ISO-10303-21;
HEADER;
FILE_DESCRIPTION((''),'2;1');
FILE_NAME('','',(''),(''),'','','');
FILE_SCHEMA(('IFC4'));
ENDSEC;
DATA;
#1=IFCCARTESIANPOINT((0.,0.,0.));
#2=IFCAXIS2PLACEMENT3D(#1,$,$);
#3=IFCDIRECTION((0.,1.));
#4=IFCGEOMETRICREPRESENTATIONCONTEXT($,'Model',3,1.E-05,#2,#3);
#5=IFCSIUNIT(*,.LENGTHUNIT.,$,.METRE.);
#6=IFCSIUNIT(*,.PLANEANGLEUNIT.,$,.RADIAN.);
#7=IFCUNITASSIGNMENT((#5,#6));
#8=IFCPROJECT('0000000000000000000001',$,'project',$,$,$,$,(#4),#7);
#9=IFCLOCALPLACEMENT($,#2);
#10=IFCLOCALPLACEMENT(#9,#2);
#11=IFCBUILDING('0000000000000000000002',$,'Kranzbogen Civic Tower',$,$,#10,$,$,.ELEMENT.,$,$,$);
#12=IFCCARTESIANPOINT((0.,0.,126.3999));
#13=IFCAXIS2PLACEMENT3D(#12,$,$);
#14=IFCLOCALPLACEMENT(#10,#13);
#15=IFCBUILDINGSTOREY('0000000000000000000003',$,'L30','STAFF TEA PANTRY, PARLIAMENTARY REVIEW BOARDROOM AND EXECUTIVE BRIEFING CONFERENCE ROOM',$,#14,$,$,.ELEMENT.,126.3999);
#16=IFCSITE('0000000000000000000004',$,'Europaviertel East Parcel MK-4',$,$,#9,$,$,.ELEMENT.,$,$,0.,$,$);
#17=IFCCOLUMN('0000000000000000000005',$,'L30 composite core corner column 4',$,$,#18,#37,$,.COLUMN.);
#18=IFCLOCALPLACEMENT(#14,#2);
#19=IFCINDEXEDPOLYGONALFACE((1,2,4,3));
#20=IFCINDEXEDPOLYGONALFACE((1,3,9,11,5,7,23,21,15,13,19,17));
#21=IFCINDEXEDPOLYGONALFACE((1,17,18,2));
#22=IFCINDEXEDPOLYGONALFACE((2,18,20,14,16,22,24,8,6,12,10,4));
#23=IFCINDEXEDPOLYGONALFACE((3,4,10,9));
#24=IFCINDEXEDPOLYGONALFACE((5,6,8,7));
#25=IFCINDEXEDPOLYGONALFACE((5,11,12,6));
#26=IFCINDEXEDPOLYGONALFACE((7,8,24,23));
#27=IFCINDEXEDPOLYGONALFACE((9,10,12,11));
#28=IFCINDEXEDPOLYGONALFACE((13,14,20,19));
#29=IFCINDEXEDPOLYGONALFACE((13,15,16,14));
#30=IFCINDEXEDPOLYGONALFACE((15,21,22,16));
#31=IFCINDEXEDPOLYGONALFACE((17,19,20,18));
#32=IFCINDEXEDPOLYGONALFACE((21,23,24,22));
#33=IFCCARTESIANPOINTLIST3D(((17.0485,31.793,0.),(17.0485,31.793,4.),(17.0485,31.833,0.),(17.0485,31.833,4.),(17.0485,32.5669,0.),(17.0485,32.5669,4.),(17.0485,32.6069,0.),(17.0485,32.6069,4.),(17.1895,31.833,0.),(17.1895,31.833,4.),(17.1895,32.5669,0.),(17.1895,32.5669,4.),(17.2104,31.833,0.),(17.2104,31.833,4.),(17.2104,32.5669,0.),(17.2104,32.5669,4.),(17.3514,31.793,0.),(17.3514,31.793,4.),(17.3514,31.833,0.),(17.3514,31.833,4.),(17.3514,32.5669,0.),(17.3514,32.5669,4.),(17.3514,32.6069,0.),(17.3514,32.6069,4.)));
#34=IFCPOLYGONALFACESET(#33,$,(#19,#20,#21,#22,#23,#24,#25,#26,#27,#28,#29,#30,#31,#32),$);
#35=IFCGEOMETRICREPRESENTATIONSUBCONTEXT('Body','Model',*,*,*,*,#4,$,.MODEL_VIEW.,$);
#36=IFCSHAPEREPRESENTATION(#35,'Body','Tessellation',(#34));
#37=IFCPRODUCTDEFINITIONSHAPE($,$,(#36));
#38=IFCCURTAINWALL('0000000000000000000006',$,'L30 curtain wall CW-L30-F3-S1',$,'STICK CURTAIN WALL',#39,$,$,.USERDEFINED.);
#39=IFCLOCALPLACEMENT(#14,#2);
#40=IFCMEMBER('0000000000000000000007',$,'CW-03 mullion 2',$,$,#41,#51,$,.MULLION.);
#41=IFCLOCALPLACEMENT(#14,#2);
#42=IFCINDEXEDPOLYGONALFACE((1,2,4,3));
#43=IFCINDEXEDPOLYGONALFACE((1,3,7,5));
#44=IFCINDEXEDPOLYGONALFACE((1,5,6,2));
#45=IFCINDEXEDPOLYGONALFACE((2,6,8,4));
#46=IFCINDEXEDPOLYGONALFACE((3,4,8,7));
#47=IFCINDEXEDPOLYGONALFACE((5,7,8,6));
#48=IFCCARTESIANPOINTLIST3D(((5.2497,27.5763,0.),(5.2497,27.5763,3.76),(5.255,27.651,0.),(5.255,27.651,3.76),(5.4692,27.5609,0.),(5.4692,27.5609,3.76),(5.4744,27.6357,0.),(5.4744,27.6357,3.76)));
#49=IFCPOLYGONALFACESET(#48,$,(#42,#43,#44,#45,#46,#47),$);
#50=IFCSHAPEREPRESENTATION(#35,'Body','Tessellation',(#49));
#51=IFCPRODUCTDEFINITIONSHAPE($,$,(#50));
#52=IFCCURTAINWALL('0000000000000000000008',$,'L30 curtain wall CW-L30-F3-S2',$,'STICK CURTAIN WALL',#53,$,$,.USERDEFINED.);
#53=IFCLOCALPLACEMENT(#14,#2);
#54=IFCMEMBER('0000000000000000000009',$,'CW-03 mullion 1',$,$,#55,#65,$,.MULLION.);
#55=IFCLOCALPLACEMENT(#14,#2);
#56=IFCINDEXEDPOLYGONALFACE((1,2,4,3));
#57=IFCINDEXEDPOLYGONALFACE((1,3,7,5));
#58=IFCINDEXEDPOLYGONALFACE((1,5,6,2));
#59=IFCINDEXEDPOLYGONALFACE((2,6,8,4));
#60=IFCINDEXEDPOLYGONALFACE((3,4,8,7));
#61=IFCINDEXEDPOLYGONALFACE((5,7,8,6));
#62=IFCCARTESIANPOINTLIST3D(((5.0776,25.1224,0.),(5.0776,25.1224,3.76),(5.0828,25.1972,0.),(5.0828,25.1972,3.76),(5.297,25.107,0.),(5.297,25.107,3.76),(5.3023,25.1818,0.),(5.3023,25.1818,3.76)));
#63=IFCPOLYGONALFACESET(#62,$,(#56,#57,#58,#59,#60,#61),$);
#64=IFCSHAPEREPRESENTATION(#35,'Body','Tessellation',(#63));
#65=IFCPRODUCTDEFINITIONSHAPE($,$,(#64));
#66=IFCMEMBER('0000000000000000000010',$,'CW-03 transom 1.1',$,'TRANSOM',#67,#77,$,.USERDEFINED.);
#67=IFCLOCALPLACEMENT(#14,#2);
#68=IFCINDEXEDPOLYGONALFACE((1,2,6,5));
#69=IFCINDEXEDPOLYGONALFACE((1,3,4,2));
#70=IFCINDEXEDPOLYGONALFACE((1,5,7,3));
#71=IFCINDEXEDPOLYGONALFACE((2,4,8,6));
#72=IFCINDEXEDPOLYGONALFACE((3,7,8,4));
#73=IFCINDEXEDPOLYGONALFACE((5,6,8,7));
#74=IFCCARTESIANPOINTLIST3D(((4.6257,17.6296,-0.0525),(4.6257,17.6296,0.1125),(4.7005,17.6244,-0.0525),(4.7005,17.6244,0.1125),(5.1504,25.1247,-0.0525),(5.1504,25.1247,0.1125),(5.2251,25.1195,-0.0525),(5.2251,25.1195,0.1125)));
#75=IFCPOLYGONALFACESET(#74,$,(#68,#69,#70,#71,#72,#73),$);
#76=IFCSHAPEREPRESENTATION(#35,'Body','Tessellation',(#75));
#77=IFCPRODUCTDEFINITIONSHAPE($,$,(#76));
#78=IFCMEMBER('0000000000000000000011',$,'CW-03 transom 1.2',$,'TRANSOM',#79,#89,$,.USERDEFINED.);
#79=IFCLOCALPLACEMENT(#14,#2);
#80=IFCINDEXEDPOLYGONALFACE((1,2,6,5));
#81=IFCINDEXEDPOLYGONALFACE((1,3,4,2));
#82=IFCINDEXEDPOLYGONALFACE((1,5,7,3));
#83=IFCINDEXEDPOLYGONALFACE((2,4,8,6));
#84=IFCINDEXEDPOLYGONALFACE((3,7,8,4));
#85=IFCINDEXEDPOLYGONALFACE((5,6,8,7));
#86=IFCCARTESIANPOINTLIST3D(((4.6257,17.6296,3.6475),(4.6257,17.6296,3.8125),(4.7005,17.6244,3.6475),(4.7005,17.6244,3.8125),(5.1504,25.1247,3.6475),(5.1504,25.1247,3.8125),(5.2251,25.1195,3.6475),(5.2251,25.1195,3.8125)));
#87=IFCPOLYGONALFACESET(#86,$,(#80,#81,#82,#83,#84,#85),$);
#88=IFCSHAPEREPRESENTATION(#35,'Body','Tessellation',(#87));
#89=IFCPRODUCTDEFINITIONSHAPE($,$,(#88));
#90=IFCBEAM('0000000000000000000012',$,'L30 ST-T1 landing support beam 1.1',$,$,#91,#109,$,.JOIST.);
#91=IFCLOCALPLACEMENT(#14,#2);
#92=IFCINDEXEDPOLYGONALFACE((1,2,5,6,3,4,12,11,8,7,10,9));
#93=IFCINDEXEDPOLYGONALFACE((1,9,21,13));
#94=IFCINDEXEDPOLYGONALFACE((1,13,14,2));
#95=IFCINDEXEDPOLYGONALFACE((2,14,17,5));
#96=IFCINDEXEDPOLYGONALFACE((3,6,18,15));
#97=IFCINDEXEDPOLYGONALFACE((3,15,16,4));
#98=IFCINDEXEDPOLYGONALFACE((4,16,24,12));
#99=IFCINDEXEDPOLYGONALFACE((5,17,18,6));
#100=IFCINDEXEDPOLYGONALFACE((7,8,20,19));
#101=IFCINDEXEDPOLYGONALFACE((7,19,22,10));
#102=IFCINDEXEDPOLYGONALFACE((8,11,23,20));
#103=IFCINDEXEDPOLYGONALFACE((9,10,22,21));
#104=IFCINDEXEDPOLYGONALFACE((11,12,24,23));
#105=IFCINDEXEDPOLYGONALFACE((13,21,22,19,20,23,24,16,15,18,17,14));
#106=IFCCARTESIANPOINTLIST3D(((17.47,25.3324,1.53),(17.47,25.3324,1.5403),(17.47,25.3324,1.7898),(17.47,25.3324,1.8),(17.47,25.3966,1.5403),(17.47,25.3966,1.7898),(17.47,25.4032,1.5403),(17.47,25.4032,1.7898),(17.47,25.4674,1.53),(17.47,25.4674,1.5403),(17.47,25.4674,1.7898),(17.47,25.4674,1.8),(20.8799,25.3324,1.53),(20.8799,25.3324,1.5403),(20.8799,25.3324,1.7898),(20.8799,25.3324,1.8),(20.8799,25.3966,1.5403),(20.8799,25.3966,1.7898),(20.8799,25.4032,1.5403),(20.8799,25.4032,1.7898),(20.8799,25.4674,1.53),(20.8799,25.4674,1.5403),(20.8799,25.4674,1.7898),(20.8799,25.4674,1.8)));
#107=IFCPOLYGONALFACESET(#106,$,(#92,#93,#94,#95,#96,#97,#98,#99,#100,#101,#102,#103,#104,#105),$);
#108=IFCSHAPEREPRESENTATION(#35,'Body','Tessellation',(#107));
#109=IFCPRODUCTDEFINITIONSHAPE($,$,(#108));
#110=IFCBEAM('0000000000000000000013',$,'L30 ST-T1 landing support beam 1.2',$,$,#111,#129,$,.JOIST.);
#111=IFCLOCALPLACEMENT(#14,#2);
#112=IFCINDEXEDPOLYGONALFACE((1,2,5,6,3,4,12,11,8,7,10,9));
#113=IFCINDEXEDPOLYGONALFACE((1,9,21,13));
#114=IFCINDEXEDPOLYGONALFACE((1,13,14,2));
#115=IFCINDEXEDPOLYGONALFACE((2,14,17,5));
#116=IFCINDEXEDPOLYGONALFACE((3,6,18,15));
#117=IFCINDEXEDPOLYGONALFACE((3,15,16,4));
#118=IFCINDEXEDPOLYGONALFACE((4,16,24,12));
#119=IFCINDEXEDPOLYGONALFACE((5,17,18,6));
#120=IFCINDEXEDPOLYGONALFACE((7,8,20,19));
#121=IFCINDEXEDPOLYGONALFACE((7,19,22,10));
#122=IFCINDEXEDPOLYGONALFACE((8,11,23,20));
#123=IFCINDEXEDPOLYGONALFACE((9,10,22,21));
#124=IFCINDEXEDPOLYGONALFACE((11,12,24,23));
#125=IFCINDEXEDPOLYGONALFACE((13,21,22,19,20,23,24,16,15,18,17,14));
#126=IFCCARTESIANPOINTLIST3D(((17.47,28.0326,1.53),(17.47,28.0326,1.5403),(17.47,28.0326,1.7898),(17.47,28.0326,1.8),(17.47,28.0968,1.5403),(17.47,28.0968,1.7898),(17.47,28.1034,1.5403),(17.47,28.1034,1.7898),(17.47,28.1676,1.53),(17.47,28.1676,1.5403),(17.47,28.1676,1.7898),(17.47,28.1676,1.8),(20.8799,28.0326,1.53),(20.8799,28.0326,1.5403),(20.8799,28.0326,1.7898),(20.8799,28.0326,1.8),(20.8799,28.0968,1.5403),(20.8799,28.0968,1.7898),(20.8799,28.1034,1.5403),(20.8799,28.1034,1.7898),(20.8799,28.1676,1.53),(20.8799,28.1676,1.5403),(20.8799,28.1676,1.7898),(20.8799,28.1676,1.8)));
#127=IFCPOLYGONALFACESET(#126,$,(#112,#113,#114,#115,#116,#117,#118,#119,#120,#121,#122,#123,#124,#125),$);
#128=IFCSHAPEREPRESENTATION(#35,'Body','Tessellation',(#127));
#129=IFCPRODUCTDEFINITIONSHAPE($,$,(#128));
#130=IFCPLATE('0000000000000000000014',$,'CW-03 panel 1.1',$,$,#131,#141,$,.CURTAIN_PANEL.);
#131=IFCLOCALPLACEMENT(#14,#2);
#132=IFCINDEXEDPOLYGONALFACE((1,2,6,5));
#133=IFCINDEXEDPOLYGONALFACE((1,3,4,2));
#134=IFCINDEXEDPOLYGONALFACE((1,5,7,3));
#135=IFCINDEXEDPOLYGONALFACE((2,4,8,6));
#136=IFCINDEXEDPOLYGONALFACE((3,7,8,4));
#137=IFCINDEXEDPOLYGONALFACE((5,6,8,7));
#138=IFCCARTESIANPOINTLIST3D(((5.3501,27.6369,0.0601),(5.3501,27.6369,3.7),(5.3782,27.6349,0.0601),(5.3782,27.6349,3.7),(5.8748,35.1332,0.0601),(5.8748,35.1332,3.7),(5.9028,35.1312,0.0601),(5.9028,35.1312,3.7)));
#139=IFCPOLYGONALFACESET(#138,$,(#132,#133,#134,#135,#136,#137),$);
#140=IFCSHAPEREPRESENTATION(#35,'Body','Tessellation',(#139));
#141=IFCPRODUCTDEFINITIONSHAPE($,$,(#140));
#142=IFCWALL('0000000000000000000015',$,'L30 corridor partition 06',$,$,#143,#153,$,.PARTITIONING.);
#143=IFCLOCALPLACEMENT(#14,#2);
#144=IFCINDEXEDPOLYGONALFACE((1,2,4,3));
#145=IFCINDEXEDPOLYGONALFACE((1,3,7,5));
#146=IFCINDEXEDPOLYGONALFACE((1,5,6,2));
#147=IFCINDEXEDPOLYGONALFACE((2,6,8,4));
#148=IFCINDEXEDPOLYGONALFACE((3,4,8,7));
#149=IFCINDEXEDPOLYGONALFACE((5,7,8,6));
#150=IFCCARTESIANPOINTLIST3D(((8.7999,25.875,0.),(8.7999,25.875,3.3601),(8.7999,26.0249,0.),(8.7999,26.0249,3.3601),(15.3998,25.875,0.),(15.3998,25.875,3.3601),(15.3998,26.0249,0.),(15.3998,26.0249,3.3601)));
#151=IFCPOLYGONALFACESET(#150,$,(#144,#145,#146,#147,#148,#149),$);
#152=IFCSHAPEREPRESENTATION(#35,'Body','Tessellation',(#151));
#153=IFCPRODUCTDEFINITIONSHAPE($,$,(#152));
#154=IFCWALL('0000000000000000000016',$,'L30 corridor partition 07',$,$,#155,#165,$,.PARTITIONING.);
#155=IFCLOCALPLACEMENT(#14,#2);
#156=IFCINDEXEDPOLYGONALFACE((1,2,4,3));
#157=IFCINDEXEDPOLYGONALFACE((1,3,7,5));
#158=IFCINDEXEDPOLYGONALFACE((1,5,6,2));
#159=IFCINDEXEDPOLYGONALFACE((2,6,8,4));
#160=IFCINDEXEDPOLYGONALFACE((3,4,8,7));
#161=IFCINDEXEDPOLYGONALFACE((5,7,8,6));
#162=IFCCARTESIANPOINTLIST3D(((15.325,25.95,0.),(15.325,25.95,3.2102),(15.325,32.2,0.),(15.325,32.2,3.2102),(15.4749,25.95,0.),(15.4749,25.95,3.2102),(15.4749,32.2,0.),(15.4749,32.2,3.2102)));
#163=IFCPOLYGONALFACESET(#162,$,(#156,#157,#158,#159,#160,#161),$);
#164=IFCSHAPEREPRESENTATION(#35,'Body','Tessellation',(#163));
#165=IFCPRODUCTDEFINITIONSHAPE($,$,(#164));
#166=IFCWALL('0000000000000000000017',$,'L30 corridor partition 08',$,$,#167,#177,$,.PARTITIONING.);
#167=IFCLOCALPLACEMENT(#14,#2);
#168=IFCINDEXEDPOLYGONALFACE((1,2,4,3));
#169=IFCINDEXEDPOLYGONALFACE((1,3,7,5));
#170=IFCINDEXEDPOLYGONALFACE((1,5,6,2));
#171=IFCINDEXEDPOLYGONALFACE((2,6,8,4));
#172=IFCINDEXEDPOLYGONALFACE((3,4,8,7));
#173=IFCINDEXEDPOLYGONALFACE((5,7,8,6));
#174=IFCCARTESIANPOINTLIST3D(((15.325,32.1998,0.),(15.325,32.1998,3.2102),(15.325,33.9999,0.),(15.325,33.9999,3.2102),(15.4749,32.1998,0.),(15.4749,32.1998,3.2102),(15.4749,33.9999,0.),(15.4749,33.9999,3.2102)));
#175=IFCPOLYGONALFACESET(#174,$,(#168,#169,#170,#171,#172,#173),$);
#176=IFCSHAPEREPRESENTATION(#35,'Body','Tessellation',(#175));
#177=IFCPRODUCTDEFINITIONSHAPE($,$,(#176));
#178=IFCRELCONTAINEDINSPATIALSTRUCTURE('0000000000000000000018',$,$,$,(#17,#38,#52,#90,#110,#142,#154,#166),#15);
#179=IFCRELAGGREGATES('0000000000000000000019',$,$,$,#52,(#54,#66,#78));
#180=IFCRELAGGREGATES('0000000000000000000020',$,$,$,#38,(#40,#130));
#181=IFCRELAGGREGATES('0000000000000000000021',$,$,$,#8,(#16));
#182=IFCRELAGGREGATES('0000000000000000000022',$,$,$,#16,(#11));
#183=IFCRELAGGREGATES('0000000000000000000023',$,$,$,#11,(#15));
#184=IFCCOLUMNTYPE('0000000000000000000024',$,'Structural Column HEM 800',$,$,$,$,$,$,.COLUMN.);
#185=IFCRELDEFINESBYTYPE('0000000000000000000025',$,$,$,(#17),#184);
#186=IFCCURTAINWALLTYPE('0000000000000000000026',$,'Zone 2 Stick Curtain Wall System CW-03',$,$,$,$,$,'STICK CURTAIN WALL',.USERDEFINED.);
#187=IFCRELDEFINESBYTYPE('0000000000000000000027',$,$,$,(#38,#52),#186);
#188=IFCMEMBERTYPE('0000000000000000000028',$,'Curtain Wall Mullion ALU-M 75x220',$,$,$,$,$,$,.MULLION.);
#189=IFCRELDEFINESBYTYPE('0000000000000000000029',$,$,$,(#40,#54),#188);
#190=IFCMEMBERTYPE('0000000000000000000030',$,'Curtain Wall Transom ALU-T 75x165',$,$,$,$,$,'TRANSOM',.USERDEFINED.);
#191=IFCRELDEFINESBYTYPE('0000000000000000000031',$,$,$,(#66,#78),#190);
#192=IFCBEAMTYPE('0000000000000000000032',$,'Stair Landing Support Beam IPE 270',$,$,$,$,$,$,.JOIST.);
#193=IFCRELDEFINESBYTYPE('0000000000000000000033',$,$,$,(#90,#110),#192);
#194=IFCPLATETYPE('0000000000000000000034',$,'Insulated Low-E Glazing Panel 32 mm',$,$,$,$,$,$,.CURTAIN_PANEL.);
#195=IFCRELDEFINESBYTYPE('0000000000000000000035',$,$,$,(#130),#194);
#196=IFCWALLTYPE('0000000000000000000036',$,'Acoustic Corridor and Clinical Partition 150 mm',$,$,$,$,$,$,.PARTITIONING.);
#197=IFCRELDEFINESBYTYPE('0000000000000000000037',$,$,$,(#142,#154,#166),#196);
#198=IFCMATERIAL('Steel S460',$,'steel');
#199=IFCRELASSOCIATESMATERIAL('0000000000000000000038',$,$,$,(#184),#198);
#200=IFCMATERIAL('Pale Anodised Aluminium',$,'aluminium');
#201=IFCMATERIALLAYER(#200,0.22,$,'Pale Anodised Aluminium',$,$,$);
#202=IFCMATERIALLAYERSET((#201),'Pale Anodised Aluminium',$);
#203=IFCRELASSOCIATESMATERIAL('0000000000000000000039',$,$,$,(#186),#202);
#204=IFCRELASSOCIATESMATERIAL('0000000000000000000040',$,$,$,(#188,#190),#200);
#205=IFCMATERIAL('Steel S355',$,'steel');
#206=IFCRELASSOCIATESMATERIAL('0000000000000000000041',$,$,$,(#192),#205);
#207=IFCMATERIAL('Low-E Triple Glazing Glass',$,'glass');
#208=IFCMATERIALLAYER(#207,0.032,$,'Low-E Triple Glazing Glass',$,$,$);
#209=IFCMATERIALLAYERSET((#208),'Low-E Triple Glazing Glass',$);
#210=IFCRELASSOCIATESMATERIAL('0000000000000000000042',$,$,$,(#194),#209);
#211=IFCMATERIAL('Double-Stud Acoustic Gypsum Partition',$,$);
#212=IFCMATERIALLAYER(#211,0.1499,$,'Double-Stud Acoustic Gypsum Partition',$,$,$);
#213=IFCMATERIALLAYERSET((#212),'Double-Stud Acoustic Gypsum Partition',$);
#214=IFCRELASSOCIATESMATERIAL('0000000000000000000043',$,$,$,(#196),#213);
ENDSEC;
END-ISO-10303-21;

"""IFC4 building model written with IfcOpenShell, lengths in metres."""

from ifc_helpers import new_model, si_unit, direction, frame, frame_2d, origin, origin_2d, place, context, subcontext, project, spatial, rectangle, i_section, extrude, material, layer, layer_set, material_profile, profile_set, type_object, element, aggregate, save


model = new_model("IFC4")

# Units and contexts
model_context = context("Model", 3, precision=1e-05, world=origin(), true_north=direction((0.0, 1.0)))
body_context = subcontext(model_context, "Body", "Model", "MODEL_VIEW")
ifc_project = project(units=[si_unit("LENGTHUNIT", "METRE"), si_unit("PLANEANGLEUNIT", "RADIAN")], contexts=[model_context])

# Site, building, storey
site_placement = place(None, origin())
site = spatial("IfcSite", under=ifc_project, at=site_placement, Name="Europaviertel East Parcel MK-4", CompositionType="ELEMENT", RefElevation=0.0)
building_placement = place(site_placement, origin())
building = spatial("IfcBuilding", under=site, at=building_placement, Name="Kranzbogen Civic Tower", CompositionType="ELEMENT")
storey_placement = place(building_placement, frame((0.0, 0.0, 126.3999)))
storey = spatial("IfcBuildingStorey", under=building, at=storey_placement, Name="L30", Description="STAFF TEA PANTRY, PARLIAMENTARY REVIEW BOARDROOM AND EXECUTIVE BRIEFING CONFERENCE ROOM", CompositionType="ELEMENT", Elevation=126.3999)

# Column
ifc_material_1 = material(Name="Steel S460", Category="steel")
ifc_material_profile_1 = material_profile(ifc_material_1, i_section(OverallWidth=0.303, OverallDepth=0.814, WebThickness=0.021, FlangeThickness=0.04, at=origin_2d()), Name="HEM 800")
ifc_profile_set_1 = profile_set([ifc_material_profile_1], Name="Steel S460")
column_type = type_object("IfcColumnType", Name="Structural Column HEM 800", PredefinedType="COLUMN", material=ifc_profile_set_1)
column_placement = place(storey_placement, frame((17.2, 32.2, 0.0), z_axis=(0.0, 0.0, 1.0), x_axis=(1.0, 0.0, 0.0)))
element("IfcColumn", 1, at=column_placement, inside=storey, type_object=column_type, Name="L30 composite core corner column 4", PredefinedType="COLUMN", context=body_context, shape_type="SweptSolid", body=[
    extrude(i_section(OverallWidth=0.303, OverallDepth=0.814, WebThickness=0.021, FlangeThickness=0.04, at=origin_2d()), origin(), (0.0, 0.0, 1.0), 4.0),
])

# Curtain wall, member
ifc_material_2 = material(Name="Pale Anodised Aluminium", Category="aluminium")
ifc_layer_1 = layer(ifc_material_2, 0.22, Name="Pale Anodised Aluminium")
ifc_layer_set_1 = layer_set([ifc_layer_1], Name="Pale Anodised Aluminium")
curtain_wall_type = type_object("IfcCurtainWallType", Name="Zone 2 Stick Curtain Wall System CW-03", ElementType="STICK CURTAIN WALL", PredefinedType="USERDEFINED", material=ifc_layer_set_1)
curtain_wall_1_placement = place(storey_placement, origin())
curtain_wall_1 = element("IfcCurtainWall", 2, at=curtain_wall_1_placement, inside=storey, type_object=curtain_wall_type, Name="L30 curtain wall CW-L30-F3-S1", ObjectType="STICK CURTAIN WALL", PredefinedType="USERDEFINED")
ifc_material_profile_2 = material_profile(ifc_material_2, rectangle(XDim=0.075, YDim=0.22, at=origin_2d()), Name="ALU-M 75x220")
ifc_profile_set_2 = profile_set([ifc_material_profile_2], Name="Pale Anodised Aluminium")
member_type_1 = type_object("IfcMemberType", Name="Curtain Wall Mullion ALU-M 75x220", PredefinedType="MULLION", material=ifc_profile_set_2)
member_1_placement = place(storey_placement, frame((5.3621, 27.606, 0.0), z_axis=(0.0, 0.0, 1.0), x_axis=(-0.069813, -0.99756, 0.0)))
member_1 = element("IfcMember", 3, at=member_1_placement, type_object=member_type_1, Name="CW-03 mullion 2", PredefinedType="MULLION", context=body_context, shape_type="SweptSolid", body=[
    extrude(rectangle(XDim=0.075, YDim=0.22, at=origin_2d()), origin(), (0.0, 0.0, 1.0), 3.76),
])

# Curtain wall, members
curtain_wall_2_placement = place(storey_placement, origin())
curtain_wall_2 = element("IfcCurtainWall", 4, at=curtain_wall_2_placement, inside=storey, type_object=curtain_wall_type, Name="L30 curtain wall CW-L30-F3-S2", ObjectType="STICK CURTAIN WALL", PredefinedType="USERDEFINED")
member_2_placement = place(storey_placement, frame((5.1899, 25.1521, 0.0), z_axis=(0.0, 0.0, 1.0), x_axis=(-0.069823, -0.997559, 0.0)))
member_2 = element("IfcMember", 5, at=member_2_placement, type_object=member_type_1, Name="CW-03 mullion 1", PredefinedType="MULLION", context=body_context, shape_type="SweptSolid", body=[
    extrude(rectangle(XDim=0.075, YDim=0.22, at=origin_2d()), origin(), (0.0, 0.0, 1.0), 3.76),
])
ifc_material_profile_3 = material_profile(ifc_material_2, rectangle(XDim=0.075, YDim=0.165, at=origin_2d()), Name="ALU-T 75x165")
ifc_profile_set_3 = profile_set([ifc_material_profile_3], Name="Pale Anodised Aluminium")
member_type_2 = type_object("IfcMemberType", Name="Curtain Wall Transom ALU-T 75x165", ElementType="TRANSOM", PredefinedType="USERDEFINED", material=ifc_profile_set_3)
member_3_placement = place(storey_placement, frame((5.1877, 25.1221, 0.03), z_axis=(-0.069829, -0.997559, 0.0), x_axis=(0.997559, -0.069829, 0.0)))
member_3 = element("IfcMember", 6, at=member_3_placement, type_object=member_type_2, Name="CW-03 transom 1.1", ObjectType="TRANSOM", PredefinedType="USERDEFINED", context=body_context, shape_type="SweptSolid", body=[
    extrude(rectangle(XDim=0.075, YDim=0.165, at=origin_2d()), origin(), (0.0, 0.0, 1.0), 7.5134),
])
member_4_placement = place(storey_placement, frame((5.1877, 25.1221, 3.73), z_axis=(-0.069829, -0.997559, 0.0), x_axis=(0.997559, -0.069829, 0.0)))
member_4 = element("IfcMember", 7, at=member_4_placement, type_object=member_type_2, Name="CW-03 transom 1.2", ObjectType="TRANSOM", PredefinedType="USERDEFINED", context=body_context, shape_type="SweptSolid", body=[
    extrude(rectangle(XDim=0.075, YDim=0.165, at=origin_2d()), origin(), (0.0, 0.0, 1.0), 7.5134),
])
aggregate(curtain_wall_2, [member_2, member_3, member_4])

# Beams
ifc_material_3 = material(Name="Steel S355", Category="steel")
ifc_material_profile_4 = material_profile(ifc_material_3, i_section(OverallWidth=0.135, OverallDepth=0.27, WebThickness=0.0066, FlangeThickness=0.0103, at=origin_2d()), Name="IPE 270")
ifc_profile_set_4 = profile_set([ifc_material_profile_4], Name="Steel S355")
beam_type = type_object("IfcBeamType", Name="Stair Landing Support Beam IPE 270", PredefinedType="JOIST", material=ifc_profile_set_4)
for number, where, z_axis, x_axis, name in (
    (8, (20.8799, 25.3999, 1.665), (-1.0, 0.0, 0.0), (0.0, -1.0, 0.0), "L30 ST-T1 landing support beam 1.1"),
    (9, (20.8799, 28.1001, 1.665), (-1.0, 0.0, 0.0), (0.0, -1.0, 0.0), "L30 ST-T1 landing support beam 1.2"),
):
    element("IfcBeam", number, at=place(storey_placement, frame(where, z_axis=z_axis, x_axis=x_axis)), inside=storey, type_object=beam_type, Name=name, PredefinedType="JOIST", context=body_context, shape_type="SweptSolid", body=[
        extrude(i_section(OverallWidth=0.135, OverallDepth=0.27, WebThickness=0.0066, FlangeThickness=0.0103, at=origin_2d()), origin(), (0.0, 0.0, 1.0), 3.4099),
    ])

# Plate
ifc_material_4 = material(Name="Low-E Triple Glazing Glass", Category="glass")
ifc_layer_2 = layer(ifc_material_4, 0.032, Name="Low-E Triple Glazing Glass")
ifc_layer_set_2 = layer_set([ifc_layer_2], Name="Low-E Triple Glazing Glass")
plate_type = type_object("IfcPlateType", Name="Insulated Low-E Glazing Panel 32 mm", PredefinedType="CURTAIN_PANEL", material=ifc_layer_set_2)
plate_placement = place(storey_placement, frame((5.6265, 31.384, 0.0601), z_axis=(0.0, 0.0, 1.0), x_axis=(-0.069813, -0.99756, 0.0)))
plate = element("IfcPlate", 10, at=plate_placement, type_object=plate_type, Name="CW-03 panel 1.1", PredefinedType="CURTAIN_PANEL", context=body_context, shape_type="SweptSolid", body=[
    extrude(rectangle(XDim=7.5146, YDim=0.0281, at=origin_2d()), origin(), (0.0, 0.0, 1.0), 3.6399),
])
aggregate(curtain_wall_1, [member_1, plate])

# Walls
ifc_material_5 = material(Name="Double-Stud Acoustic Gypsum Partition")
ifc_layer_3 = layer(ifc_material_5, 0.1499, Name="Double-Stud Acoustic Gypsum Partition")
ifc_layer_set_3 = layer_set([ifc_layer_3], Name="Double-Stud Acoustic Gypsum Partition")
wall_type_1 = type_object("IfcWallType", Name="Acoustic Corridor and Clinical Partition 150 mm", PredefinedType="PARTITIONING", material=ifc_layer_set_3)
wall_1_placement = place(storey_placement, frame((8.8, 25.95, 0.0), z_axis=(0.0, 0.0, 1.0), x_axis=(1.0, 0.0, 0.0)))
element("IfcWall", 11, at=wall_1_placement, inside=storey, type_object=wall_type_1, Name="L30 corridor partition 06", PredefinedType="PARTITIONING", context=body_context, shape_type="SweptSolid", body=[
    extrude(rectangle(XDim=6.5999, YDim=0.1499, at=frame_2d((3.2998, 0.0))), origin(), (0.0, 0.0, 1.0), 3.3601),
])
wall_2_placement = place(storey_placement, frame((15.3999, 25.95, 0.0), z_axis=(0.0, 0.0, 1.0), x_axis=(0.0, 1.0, 0.0)))
element("IfcWall", 12, at=wall_2_placement, inside=storey, type_object=wall_type_1, Name="L30 corridor partition 07", PredefinedType="PARTITIONING", context=body_context, shape_type="SweptSolid", body=[
    extrude(rectangle(XDim=6.25, YDim=0.1499, at=frame_2d((3.125, 0.0))), origin(), (0.0, 0.0, 1.0), 3.2102),
])
wall_3_placement = place(storey_placement, frame((15.3999, 32.2, 0.0), z_axis=(0.0, 0.0, 1.0), x_axis=(0.0, 1.0, 0.0)))
element("IfcWall", 13, at=wall_3_placement, inside=storey, type_object=wall_type_1, Name="L30 corridor partition 08", PredefinedType="PARTITIONING", context=body_context, shape_type="SweptSolid", body=[
    extrude(rectangle(XDim=1.8, YDim=0.1499, at=frame_2d((0.8999, 0.0))), origin(), (0.0, 0.0, 1.0), 3.2102),
])

save(model, "model.ifc")
